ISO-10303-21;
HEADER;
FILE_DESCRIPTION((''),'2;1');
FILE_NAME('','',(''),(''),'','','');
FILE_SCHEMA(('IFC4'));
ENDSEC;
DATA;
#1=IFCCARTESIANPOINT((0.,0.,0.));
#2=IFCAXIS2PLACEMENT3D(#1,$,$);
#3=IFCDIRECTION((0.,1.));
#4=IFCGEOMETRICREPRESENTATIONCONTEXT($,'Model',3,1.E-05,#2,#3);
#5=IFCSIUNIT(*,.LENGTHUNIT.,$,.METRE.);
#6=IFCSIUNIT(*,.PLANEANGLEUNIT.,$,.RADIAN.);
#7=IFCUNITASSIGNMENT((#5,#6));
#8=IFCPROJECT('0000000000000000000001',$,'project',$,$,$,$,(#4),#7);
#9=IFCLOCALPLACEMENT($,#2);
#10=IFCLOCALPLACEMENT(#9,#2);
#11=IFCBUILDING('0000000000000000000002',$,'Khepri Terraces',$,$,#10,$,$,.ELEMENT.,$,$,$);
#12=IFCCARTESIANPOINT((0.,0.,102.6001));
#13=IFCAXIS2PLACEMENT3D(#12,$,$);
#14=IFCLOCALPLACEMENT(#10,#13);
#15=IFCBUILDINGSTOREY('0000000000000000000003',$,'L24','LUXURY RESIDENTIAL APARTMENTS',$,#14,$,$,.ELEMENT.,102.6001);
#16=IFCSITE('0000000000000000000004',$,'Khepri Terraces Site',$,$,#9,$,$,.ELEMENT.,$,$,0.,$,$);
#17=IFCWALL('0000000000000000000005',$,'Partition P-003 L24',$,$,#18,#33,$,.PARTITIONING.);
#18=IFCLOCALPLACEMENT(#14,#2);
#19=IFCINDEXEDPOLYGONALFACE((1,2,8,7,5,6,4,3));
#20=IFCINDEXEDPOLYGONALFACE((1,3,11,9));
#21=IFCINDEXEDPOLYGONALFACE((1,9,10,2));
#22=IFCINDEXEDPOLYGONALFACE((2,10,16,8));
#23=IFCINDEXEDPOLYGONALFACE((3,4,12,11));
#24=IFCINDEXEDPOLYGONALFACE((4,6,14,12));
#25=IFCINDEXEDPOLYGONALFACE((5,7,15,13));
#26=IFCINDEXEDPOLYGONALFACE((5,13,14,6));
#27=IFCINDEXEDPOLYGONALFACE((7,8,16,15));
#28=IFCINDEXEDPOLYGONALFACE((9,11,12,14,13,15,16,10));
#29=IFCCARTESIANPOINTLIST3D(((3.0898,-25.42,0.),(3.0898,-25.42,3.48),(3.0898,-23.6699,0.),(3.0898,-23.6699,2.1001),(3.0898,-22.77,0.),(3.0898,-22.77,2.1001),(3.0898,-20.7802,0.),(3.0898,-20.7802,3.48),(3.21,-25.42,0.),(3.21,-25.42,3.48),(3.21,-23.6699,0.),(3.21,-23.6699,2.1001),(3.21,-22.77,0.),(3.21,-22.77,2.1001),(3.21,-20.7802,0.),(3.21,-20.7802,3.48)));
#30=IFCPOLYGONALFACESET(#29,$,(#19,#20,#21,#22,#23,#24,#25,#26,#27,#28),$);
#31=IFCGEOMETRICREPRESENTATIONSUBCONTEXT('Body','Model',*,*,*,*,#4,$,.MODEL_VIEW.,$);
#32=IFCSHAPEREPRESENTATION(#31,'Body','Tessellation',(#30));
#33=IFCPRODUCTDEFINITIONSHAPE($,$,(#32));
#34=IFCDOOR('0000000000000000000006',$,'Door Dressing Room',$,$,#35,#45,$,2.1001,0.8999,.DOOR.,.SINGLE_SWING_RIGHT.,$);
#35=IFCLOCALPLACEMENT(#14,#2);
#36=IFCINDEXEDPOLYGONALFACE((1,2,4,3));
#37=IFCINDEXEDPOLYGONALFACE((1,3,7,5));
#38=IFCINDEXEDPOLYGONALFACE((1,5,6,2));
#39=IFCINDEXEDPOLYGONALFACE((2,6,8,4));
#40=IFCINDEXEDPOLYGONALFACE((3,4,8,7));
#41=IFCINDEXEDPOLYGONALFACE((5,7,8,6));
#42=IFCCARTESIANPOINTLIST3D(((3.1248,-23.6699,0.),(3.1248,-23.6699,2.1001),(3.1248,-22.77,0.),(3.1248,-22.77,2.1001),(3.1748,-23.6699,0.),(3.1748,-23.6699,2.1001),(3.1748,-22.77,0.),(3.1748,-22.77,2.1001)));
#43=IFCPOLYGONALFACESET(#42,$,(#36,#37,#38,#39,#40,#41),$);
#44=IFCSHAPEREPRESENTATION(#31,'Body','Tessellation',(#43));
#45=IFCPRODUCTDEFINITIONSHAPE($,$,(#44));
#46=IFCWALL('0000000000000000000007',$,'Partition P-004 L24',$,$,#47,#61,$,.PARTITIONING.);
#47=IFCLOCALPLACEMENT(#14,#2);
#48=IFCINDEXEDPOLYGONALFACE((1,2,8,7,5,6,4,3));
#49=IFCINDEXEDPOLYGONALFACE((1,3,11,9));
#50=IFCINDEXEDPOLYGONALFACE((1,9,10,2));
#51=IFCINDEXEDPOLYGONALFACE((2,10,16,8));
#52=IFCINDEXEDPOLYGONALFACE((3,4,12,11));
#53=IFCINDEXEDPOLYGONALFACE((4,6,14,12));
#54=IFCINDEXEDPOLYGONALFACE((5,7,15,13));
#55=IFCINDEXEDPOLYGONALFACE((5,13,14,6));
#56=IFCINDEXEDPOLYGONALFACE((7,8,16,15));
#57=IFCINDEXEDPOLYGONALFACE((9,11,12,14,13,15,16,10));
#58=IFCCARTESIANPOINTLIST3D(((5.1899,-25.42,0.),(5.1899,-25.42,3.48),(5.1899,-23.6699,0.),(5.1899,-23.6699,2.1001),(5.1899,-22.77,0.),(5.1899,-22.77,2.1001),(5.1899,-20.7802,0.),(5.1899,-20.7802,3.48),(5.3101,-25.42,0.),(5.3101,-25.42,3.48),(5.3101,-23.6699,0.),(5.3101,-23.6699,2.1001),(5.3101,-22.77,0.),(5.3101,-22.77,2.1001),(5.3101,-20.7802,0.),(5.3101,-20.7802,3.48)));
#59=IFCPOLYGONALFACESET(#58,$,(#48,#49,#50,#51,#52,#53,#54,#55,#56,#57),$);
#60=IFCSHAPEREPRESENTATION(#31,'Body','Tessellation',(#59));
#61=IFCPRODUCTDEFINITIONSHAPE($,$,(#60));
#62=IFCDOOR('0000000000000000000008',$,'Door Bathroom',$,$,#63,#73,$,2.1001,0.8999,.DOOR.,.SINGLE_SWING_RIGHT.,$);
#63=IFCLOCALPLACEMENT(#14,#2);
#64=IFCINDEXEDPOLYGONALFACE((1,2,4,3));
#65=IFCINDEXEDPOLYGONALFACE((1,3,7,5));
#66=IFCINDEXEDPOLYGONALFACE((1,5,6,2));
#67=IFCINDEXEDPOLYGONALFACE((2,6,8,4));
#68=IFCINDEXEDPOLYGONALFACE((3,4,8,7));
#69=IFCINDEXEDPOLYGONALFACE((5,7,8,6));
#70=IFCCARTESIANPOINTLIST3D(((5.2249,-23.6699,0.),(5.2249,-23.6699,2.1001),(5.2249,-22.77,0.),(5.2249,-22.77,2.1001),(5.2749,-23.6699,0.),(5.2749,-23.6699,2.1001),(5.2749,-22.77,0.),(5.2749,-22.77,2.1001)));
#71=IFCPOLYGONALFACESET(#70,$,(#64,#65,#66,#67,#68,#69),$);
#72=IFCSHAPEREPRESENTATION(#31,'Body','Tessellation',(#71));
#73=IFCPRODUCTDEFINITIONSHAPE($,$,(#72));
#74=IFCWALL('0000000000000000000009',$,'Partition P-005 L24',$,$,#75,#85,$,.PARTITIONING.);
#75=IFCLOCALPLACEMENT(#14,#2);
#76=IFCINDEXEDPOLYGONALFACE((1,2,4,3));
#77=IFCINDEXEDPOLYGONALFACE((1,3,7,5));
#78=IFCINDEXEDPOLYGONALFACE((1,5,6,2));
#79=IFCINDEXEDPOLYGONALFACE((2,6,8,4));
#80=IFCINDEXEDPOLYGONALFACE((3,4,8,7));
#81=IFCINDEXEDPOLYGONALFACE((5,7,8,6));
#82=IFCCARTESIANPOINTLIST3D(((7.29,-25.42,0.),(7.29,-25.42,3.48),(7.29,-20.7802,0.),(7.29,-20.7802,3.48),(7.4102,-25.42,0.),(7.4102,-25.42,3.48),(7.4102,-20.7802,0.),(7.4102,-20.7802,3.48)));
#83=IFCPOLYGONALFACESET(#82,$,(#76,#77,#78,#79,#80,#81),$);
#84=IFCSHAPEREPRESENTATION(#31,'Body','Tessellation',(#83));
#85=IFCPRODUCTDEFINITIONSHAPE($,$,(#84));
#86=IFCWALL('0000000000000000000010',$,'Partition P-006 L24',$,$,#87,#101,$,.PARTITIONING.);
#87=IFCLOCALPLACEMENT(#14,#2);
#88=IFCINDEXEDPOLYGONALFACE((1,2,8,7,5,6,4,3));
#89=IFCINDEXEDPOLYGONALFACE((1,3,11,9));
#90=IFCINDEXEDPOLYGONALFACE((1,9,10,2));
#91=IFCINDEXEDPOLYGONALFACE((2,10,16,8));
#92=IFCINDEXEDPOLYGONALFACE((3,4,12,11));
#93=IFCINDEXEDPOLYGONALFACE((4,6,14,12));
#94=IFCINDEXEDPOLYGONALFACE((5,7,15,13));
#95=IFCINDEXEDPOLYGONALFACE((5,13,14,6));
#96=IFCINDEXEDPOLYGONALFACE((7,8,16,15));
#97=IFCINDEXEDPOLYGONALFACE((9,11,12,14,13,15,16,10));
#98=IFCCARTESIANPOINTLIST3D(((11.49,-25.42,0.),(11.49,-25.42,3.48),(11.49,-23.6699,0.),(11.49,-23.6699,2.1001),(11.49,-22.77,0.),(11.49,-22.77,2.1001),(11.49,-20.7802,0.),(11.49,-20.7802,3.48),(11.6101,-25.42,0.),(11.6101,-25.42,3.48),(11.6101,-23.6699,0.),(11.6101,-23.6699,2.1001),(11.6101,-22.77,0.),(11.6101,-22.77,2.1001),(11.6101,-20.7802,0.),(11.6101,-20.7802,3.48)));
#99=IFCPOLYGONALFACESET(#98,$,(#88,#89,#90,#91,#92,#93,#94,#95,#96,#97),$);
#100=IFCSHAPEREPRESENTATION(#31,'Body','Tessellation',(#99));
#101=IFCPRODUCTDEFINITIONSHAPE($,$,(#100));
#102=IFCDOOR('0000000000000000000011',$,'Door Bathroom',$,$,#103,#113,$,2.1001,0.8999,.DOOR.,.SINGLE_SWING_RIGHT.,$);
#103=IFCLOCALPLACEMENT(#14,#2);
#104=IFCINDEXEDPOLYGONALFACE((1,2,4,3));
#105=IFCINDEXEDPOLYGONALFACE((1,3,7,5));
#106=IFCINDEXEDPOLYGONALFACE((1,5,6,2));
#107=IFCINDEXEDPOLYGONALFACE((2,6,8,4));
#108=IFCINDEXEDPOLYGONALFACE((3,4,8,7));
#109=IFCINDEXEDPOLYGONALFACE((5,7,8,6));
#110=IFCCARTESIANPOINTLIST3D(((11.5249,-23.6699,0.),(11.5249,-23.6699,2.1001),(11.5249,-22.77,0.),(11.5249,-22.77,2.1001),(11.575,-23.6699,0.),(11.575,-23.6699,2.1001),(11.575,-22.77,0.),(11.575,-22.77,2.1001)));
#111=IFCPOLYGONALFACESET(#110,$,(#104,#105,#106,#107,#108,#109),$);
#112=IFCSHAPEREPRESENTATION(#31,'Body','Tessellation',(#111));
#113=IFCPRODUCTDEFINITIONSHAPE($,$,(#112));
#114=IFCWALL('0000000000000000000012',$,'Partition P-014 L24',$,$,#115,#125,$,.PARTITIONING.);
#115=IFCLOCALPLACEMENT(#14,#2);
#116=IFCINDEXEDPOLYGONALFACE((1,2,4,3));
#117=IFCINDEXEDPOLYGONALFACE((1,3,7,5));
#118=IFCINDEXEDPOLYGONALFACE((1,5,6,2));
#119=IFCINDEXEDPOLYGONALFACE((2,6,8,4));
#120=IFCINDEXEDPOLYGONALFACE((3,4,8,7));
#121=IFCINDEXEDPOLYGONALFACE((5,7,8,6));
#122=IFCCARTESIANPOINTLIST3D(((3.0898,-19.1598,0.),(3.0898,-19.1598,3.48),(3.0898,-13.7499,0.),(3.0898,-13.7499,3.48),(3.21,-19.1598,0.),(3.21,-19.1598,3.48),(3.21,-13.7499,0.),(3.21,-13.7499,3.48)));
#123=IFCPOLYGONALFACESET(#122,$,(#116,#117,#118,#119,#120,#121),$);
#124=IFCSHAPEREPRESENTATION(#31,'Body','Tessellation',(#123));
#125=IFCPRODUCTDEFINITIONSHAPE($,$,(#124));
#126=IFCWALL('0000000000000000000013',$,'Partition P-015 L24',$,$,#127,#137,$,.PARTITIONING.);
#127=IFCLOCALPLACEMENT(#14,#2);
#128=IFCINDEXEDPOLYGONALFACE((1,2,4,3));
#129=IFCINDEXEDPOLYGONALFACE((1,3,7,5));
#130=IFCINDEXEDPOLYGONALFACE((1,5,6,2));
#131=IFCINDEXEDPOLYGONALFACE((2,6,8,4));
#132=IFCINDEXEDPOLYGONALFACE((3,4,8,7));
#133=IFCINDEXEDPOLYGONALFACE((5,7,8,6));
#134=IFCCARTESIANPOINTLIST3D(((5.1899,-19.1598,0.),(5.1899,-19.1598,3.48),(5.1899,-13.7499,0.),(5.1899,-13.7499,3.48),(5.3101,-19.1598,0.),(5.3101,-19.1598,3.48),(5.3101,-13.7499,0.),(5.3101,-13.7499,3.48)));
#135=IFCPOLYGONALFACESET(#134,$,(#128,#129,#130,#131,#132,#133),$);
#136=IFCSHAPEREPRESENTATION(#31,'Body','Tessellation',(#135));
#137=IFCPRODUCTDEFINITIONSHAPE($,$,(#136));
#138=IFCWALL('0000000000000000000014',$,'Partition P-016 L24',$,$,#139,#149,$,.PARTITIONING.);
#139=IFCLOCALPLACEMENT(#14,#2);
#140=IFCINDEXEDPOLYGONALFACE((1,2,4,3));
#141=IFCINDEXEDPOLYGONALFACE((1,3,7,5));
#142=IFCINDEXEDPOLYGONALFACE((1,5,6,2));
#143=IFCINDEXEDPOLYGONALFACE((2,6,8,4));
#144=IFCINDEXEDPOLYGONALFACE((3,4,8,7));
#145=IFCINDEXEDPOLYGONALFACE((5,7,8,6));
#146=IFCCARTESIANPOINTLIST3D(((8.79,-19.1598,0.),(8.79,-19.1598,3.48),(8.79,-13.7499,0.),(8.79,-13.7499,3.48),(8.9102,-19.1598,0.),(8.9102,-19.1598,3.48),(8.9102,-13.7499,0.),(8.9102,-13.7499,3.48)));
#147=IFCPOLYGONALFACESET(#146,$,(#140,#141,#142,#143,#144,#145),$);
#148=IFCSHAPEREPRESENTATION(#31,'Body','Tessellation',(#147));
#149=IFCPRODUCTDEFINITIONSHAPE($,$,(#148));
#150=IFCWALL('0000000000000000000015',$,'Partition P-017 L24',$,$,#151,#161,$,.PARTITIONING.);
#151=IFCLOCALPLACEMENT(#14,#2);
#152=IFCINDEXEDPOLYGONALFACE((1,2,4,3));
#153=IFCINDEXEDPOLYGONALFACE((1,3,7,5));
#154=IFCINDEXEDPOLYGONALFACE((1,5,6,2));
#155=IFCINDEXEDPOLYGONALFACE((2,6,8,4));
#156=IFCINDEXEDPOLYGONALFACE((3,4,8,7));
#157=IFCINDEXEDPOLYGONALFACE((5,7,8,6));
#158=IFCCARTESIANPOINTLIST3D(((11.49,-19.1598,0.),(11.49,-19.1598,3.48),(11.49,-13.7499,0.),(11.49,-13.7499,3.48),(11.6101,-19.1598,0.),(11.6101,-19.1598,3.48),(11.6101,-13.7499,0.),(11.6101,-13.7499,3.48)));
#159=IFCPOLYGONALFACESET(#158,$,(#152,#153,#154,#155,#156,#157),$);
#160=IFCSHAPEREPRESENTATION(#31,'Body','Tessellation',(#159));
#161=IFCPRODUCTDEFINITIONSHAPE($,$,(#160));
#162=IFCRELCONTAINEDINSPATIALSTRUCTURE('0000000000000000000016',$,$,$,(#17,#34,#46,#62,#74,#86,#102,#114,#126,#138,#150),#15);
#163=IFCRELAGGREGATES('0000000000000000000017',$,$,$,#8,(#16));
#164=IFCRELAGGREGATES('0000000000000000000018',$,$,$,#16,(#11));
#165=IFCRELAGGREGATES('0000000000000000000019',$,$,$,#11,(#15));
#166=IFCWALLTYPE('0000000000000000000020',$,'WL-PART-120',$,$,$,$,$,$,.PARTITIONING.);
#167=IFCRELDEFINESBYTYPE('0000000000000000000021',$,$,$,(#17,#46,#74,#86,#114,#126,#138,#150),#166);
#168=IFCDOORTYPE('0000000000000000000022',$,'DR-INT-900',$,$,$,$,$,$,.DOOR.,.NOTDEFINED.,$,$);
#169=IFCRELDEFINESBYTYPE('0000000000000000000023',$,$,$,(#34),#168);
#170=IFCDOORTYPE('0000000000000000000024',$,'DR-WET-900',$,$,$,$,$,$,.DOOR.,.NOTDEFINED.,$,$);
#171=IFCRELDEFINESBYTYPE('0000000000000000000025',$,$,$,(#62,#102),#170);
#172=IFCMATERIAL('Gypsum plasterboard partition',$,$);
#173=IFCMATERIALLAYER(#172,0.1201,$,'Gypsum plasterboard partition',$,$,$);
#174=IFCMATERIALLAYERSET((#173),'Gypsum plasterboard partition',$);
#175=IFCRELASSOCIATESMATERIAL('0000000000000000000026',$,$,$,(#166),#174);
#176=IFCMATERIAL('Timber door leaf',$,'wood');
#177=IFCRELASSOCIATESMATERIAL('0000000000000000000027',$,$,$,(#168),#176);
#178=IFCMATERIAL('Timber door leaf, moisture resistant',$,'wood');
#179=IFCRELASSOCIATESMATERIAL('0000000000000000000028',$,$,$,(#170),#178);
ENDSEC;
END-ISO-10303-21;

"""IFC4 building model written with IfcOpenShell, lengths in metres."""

from ifc_helpers import new_model, si_unit, direction, frame, frame_2d, origin, place, context, subcontext, project, spatial, rectangle, extrude, material, layer, layer_set, type_object, element, fill, save


model = new_model("IFC4")

# Units and contexts
model_context = context("Model", 3, precision=1e-05, world=origin(), true_north=direction((0.0, 1.0)))
body_context = subcontext(model_context, "Body", "Model", "MODEL_VIEW")
ifc_project = project(units=[si_unit("LENGTHUNIT", "METRE"), si_unit("PLANEANGLEUNIT", "RADIAN")], contexts=[model_context])

# Site, building, storey
site_placement = place(None, origin())
site = spatial("IfcSite", under=ifc_project, at=site_placement, Name="Khepri Terraces Site", CompositionType="ELEMENT", RefElevation=0.0)
building_placement = place(site_placement, origin())
building = spatial("IfcBuilding", under=site, at=building_placement, Name="Khepri Terraces", CompositionType="ELEMENT")
storey_placement = place(building_placement, frame((0.0, 0.0, 102.6001)))
storey = spatial("IfcBuildingStorey", under=building, at=storey_placement, Name="L24", Description="LUXURY RESIDENTIAL APARTMENTS", CompositionType="ELEMENT", Elevation=102.6001)

# Walls, openings, doors
ifc_material_1 = material(Name="Gypsum plasterboard partition")
ifc_layer_1 = layer(ifc_material_1, 0.1201, Name="Gypsum plasterboard partition")
ifc_layer_set_1 = layer_set([ifc_layer_1], Name="Gypsum plasterboard partition")
wall_type_1 = type_object("IfcWallType", Name="WL-PART-120", PredefinedType="PARTITIONING", material=ifc_layer_set_1)
wall_1_placement = place(storey_placement, frame((3.1499, -25.4199, 0.0), z_axis=(0.0, 0.0, 1.0), x_axis=(0.0, 1.0, 0.0)))
wall_1 = element("IfcWall", 1, at=wall_1_placement, inside=storey, type_object=wall_type_1, Name="Partition P-003 L24", PredefinedType="PARTITIONING", context=body_context, shape_type="SweptSolid", body=[
    extrude(rectangle(XDim=4.6399, YDim=0.1201, at=frame_2d((2.3198, 0.0))), origin(), (0.0, 0.0, 1.0), 3.48),
])
opening_1_placement = place(wall_1_placement, frame((1.75, 0.0, 0.0)))
opening_1 = element("IfcOpeningElement", 2, at=opening_1_placement, cuts=wall_1, PredefinedType="OPENING", context=body_context, shape_type="SweptSolid", body=[
    extrude(rectangle(XDim=0.8999, YDim=2.1001, at=frame_2d((0.45, 1.05))), frame((0.0, 0.0701, 0.0), z_axis=(0.0, -1.0, 0.0), x_axis=(1.0, 0.0, 0.0)), (0.0, 0.0, 1.0), 0.1401),
])
ifc_material_2 = material(Name="Timber door leaf", Category="wood")
door_type_1 = type_object("IfcDoorType", Name="DR-INT-900", OperationType="NOTDEFINED", PredefinedType="DOOR", material=ifc_material_2)
door_1_placement = place(opening_1_placement, frame((0.8999, 0.0, 0.0), z_axis=(0.0, 0.0, 1.0), x_axis=(-1.0, 0.0, 0.0)))
door_1 = element("IfcDoor", 3, at=door_1_placement, inside=storey, type_object=door_type_1, Name="Door Dressing Room", OperationType="SINGLE_SWING_RIGHT", OverallHeight=2.1001, OverallWidth=0.8999, PredefinedType="DOOR", context=body_context, shape_type="SweptSolid", body=[
    extrude(rectangle(XDim=0.8999, YDim=2.1001, at=frame_2d((0.45, 1.05))), frame((0.0, 0.0249, 0.0), z_axis=(0.0, -1.0, 0.0), x_axis=(1.0, 0.0, 0.0)), (0.0, 0.0, 1.0), 0.05),
])
fill(opening_1, door_1)
wall_2_placement = place(storey_placement, frame((5.25, -25.4199, 0.0), z_axis=(0.0, 0.0, 1.0), x_axis=(0.0, 1.0, 0.0)))
wall_2 = element("IfcWall", 4, at=wall_2_placement, inside=storey, type_object=wall_type_1, Name="Partition P-004 L24", PredefinedType="PARTITIONING", context=body_context, shape_type="SweptSolid", body=[
    extrude(rectangle(XDim=4.6399, YDim=0.1201, at=frame_2d((2.3198, 0.0))), origin(), (0.0, 0.0, 1.0), 3.48),
])
opening_2_placement = place(wall_2_placement, frame((1.75, 0.0, 0.0)))
opening_2 = element("IfcOpeningElement", 5, at=opening_2_placement, cuts=wall_2, PredefinedType="OPENING", context=body_context, shape_type="SweptSolid", body=[
    extrude(rectangle(XDim=0.8999, YDim=2.1001, at=frame_2d((0.45, 1.05))), frame((0.0, 0.0701, 0.0), z_axis=(0.0, -1.0, 0.0), x_axis=(1.0, 0.0, 0.0)), (0.0, 0.0, 1.0), 0.1401),
])
ifc_material_3 = material(Name="Timber door leaf, moisture resistant", Category="wood")
door_type_2 = type_object("IfcDoorType", Name="DR-WET-900", OperationType="NOTDEFINED", PredefinedType="DOOR", material=ifc_material_3)
door_2_placement = place(opening_2_placement, frame((0.8999, 0.0, 0.0), z_axis=(0.0, 0.0, 1.0), x_axis=(-1.0, 0.0, 0.0)))
door_2 = element("IfcDoor", 6, at=door_2_placement, inside=storey, type_object=door_type_2, Name="Door Bathroom", OperationType="SINGLE_SWING_RIGHT", OverallHeight=2.1001, OverallWidth=0.8999, PredefinedType="DOOR", context=body_context, shape_type="SweptSolid", body=[
    extrude(rectangle(XDim=0.8999, YDim=2.1001, at=frame_2d((0.45, 1.05))), frame((0.0, 0.0249, 0.0), z_axis=(0.0, -1.0, 0.0), x_axis=(1.0, 0.0, 0.0)), (0.0, 0.0, 1.0), 0.05),
])
fill(opening_2, door_2)

# Wall
wall_3_placement = place(storey_placement, frame((7.3501, -25.4199, 0.0), z_axis=(0.0, 0.0, 1.0), x_axis=(0.0, 1.0, 0.0)))
element("IfcWall", 7, at=wall_3_placement, inside=storey, type_object=wall_type_1, Name="Partition P-005 L24", PredefinedType="PARTITIONING", context=body_context, shape_type="SweptSolid", body=[
    extrude(rectangle(XDim=4.6399, YDim=0.1201, at=frame_2d((2.3198, 0.0))), origin(), (0.0, 0.0, 1.0), 3.48),
])

# Wall, opening, door
wall_4_placement = place(storey_placement, frame((11.55, -25.4199, 0.0), z_axis=(0.0, 0.0, 1.0), x_axis=(0.0, 1.0, 0.0)))
wall_4 = element("IfcWall", 8, at=wall_4_placement, inside=storey, type_object=wall_type_1, Name="Partition P-006 L24", PredefinedType="PARTITIONING", context=body_context, shape_type="SweptSolid", body=[
    extrude(rectangle(XDim=4.6399, YDim=0.1201, at=frame_2d((2.3198, 0.0))), origin(), (0.0, 0.0, 1.0), 3.48),
])
opening_3_placement = place(wall_4_placement, frame((1.75, 0.0, 0.0)))
opening_3 = element("IfcOpeningElement", 9, at=opening_3_placement, cuts=wall_4, PredefinedType="OPENING", context=body_context, shape_type="SweptSolid", body=[
    extrude(rectangle(XDim=0.8999, YDim=2.1001, at=frame_2d((0.45, 1.05))), frame((0.0, 0.0701, 0.0), z_axis=(0.0, -1.0, 0.0), x_axis=(1.0, 0.0, 0.0)), (0.0, 0.0, 1.0), 0.1401),
])
door_3_placement = place(opening_3_placement, frame((0.8999, 0.0, 0.0), z_axis=(0.0, 0.0, 1.0), x_axis=(-1.0, 0.0, 0.0)))
door_3 = element("IfcDoor", 10, at=door_3_placement, inside=storey, type_object=door_type_2, Name="Door Bathroom", OperationType="SINGLE_SWING_RIGHT", OverallHeight=2.1001, OverallWidth=0.8999, PredefinedType="DOOR", context=body_context, shape_type="SweptSolid", body=[
    extrude(rectangle(XDim=0.8999, YDim=2.1001, at=frame_2d((0.45, 1.05))), frame((0.0, 0.0249, 0.0), z_axis=(0.0, -1.0, 0.0), x_axis=(1.0, 0.0, 0.0)), (0.0, 0.0, 1.0), 0.05),
])
fill(opening_3, door_3)

# Walls
for number, where, z_axis, x_axis, name in (
    (11, (3.1499, -19.1599, 0.0), (0.0, 0.0, 1.0), (0.0, 1.0, 0.0), "Partition P-014 L24"),
    (12, (5.25, -19.1599, 0.0), (0.0, 0.0, 1.0), (0.0, 1.0, 0.0), "Partition P-015 L24"),
    (13, (8.8501, -19.1599, 0.0), (0.0, 0.0, 1.0), (0.0, 1.0, 0.0), "Partition P-016 L24"),
    (14, (11.55, -19.1599, 0.0), (0.0, 0.0, 1.0), (0.0, 1.0, 0.0), "Partition P-017 L24"),
):
    element("IfcWall", number, at=place(storey_placement, frame(where, z_axis=z_axis, x_axis=x_axis)), inside=storey, type_object=wall_type_1, Name=name, PredefinedType="PARTITIONING", context=body_context, shape_type="SweptSolid", body=[
        extrude(rectangle(XDim=5.4099, YDim=0.1201, at=frame_2d((2.7051, 0.0))), origin(), (0.0, 0.0, 1.0), 3.48),
    ])

save(model, "model.ifc")
